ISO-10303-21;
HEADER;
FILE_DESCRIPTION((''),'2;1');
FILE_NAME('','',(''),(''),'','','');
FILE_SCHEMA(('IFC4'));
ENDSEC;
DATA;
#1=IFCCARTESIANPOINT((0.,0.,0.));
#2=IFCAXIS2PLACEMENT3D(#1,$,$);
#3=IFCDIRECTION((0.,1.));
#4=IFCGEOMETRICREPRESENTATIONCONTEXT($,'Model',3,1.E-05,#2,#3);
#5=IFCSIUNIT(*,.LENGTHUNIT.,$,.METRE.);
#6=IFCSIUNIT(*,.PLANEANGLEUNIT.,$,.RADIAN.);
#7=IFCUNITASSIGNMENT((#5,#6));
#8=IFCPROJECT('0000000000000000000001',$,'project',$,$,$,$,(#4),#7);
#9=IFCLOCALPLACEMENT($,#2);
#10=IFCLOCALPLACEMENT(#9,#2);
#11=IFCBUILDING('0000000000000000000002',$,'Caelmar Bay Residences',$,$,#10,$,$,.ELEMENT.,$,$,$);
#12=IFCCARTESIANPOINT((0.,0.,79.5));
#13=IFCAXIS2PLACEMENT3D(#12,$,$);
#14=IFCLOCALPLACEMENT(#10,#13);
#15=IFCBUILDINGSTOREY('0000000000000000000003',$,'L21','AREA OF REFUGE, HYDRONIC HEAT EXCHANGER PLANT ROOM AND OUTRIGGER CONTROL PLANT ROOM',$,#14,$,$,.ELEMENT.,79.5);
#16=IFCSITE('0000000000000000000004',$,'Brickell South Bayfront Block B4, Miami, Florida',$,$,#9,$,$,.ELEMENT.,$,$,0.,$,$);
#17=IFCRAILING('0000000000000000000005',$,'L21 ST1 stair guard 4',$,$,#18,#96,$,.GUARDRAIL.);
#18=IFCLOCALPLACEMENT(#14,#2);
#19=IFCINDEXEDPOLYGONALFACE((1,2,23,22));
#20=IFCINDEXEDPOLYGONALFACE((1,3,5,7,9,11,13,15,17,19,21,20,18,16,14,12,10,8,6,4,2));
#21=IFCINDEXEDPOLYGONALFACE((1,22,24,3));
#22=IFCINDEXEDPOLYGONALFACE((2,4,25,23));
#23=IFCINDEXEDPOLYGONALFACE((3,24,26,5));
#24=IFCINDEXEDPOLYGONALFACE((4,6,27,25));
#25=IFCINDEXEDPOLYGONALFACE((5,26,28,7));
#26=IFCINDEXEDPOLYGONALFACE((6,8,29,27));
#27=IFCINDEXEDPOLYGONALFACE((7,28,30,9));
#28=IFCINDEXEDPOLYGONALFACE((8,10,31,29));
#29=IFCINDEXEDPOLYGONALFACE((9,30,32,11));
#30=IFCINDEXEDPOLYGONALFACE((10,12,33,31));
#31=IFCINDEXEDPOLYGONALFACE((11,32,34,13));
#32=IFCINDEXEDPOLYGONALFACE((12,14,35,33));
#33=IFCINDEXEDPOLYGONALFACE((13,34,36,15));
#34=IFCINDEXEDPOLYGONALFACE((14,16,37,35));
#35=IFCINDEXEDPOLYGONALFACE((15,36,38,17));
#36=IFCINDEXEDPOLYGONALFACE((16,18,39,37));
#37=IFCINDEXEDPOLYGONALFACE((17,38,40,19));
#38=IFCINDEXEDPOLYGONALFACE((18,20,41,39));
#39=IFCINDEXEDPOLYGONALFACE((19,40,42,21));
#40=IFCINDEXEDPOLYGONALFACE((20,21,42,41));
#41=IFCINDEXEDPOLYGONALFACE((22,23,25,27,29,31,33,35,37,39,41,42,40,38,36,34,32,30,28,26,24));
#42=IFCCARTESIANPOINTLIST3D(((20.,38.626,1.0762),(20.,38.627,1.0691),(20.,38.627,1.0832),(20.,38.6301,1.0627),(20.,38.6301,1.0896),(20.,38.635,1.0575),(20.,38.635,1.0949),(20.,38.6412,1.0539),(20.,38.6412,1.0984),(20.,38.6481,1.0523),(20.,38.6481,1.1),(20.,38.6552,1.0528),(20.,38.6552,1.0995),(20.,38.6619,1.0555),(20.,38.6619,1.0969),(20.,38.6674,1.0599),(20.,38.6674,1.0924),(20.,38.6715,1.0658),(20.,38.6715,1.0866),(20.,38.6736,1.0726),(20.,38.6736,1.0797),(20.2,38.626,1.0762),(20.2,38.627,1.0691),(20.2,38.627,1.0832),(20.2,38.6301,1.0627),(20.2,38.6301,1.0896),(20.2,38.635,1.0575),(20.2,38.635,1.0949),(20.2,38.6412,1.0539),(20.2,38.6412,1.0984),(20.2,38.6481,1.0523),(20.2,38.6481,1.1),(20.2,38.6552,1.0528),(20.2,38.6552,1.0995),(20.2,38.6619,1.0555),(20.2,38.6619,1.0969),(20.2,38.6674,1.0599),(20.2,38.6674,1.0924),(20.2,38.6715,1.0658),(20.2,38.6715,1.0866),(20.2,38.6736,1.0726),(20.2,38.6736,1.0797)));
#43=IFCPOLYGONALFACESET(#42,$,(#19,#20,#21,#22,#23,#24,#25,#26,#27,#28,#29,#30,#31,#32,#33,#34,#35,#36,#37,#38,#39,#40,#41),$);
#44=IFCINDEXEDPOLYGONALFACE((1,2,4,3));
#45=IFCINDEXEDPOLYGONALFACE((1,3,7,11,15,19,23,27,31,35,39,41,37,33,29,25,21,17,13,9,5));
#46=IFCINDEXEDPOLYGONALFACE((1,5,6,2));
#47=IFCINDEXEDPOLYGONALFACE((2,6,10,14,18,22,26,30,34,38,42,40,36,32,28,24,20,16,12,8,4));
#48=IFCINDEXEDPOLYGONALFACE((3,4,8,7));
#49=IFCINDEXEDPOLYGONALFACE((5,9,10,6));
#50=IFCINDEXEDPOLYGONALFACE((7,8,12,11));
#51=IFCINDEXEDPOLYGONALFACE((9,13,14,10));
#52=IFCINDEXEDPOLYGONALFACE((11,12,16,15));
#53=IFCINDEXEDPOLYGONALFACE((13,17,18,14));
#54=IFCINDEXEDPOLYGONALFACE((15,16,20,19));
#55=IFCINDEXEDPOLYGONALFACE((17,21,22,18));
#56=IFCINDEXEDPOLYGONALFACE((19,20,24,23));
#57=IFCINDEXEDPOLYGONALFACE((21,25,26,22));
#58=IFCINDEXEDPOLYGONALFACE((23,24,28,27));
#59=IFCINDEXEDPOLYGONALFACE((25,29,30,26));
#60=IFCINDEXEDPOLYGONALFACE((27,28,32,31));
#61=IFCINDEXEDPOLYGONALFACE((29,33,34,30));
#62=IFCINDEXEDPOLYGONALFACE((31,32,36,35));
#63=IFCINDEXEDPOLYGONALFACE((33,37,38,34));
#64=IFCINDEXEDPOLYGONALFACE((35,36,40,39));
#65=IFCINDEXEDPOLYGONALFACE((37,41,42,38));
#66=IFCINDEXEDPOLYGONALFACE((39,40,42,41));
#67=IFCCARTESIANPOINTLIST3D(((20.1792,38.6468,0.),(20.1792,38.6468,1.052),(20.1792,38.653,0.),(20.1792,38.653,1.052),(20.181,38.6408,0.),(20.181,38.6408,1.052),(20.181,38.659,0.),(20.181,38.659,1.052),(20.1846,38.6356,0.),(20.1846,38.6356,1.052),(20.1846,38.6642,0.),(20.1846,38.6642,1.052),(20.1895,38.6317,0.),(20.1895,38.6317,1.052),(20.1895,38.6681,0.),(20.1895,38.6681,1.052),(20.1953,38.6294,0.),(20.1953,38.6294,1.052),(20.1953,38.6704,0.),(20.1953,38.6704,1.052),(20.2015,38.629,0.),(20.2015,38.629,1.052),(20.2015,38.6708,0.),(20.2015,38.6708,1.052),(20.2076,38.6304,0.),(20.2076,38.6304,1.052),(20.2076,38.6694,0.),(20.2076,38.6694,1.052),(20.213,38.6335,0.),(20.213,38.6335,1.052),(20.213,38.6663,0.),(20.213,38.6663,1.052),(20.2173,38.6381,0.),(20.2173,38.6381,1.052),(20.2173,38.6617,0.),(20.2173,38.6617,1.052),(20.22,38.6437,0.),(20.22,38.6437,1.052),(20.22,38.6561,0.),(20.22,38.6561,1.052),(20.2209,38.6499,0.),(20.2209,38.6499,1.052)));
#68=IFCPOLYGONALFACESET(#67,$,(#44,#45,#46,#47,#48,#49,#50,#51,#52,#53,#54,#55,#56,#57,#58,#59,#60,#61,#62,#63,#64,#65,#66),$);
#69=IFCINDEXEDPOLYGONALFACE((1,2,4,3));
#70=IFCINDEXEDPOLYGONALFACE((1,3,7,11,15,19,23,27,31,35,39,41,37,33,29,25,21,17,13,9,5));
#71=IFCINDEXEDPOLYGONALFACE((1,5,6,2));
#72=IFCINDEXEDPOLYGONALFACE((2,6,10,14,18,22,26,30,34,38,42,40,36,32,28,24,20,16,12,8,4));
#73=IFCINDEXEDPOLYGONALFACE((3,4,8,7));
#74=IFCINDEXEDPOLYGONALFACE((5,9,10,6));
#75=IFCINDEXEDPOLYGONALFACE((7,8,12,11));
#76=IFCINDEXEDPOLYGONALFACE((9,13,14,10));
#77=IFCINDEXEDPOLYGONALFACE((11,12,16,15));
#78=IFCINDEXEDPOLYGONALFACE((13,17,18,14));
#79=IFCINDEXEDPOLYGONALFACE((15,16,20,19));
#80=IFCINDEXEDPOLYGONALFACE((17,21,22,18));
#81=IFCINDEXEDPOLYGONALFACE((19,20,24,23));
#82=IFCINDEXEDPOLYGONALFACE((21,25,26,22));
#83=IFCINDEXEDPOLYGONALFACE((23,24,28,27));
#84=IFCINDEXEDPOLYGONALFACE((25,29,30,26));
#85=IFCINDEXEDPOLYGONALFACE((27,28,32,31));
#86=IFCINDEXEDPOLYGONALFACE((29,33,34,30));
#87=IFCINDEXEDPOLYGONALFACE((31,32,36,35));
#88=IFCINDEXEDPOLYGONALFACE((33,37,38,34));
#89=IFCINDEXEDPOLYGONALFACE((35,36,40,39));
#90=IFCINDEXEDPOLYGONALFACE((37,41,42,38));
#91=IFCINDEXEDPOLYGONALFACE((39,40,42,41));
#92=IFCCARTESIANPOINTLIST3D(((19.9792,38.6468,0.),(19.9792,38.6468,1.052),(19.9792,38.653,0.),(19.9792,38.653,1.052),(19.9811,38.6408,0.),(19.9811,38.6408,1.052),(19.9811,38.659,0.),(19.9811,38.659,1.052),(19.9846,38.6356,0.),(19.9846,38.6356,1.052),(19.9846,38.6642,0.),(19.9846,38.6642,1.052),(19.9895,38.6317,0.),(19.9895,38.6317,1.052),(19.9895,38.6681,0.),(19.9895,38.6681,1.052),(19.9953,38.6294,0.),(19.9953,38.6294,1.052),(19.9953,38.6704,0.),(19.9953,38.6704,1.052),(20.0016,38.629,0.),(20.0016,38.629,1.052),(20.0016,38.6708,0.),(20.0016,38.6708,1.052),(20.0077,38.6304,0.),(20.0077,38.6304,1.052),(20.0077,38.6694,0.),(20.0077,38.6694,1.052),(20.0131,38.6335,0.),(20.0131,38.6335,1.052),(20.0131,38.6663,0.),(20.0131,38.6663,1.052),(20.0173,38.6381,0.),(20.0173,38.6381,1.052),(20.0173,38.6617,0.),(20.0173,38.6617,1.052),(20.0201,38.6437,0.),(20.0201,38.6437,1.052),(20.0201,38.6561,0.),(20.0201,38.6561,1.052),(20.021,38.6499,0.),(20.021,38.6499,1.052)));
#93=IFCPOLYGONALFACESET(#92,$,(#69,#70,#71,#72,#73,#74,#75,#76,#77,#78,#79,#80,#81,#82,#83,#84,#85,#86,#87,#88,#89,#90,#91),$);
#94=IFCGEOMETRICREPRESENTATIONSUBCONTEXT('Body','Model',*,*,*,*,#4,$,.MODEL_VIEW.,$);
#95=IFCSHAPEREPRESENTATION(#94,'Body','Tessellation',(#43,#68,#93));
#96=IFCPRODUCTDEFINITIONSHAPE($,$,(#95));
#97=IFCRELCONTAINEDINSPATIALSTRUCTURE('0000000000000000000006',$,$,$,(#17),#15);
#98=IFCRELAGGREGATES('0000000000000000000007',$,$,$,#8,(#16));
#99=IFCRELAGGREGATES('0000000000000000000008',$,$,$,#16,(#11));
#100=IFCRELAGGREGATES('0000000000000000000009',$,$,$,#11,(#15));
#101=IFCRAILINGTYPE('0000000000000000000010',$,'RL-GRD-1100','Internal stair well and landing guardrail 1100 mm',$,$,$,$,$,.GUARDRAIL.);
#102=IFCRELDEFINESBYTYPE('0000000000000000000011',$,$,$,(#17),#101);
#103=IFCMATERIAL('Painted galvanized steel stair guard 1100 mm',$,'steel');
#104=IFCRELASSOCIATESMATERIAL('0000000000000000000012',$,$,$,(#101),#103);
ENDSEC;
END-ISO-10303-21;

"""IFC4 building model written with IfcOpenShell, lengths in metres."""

from ifc_helpers import new_model, si_unit, direction, frame, origin, origin_2d, place, context, subcontext, project, spatial, circle, extrude, material, type_object, element, save


model = new_model("IFC4")

# Units and contexts
model_context = context("Model", 3, precision=1e-05, world=origin(), true_north=direction((0.0, 1.0)))
body_context = subcontext(model_context, "Body", "Model", "MODEL_VIEW")
ifc_project = project(units=[si_unit("LENGTHUNIT", "METRE"), si_unit("PLANEANGLEUNIT", "RADIAN")], contexts=[model_context])

# Site, building, storey
site_placement = place(None, origin())
site = spatial("IfcSite", under=ifc_project, at=site_placement, Name="Brickell South Bayfront Block B4, Miami, Florida", CompositionType="ELEMENT", RefElevation=0.0)
building_placement = place(site_placement, origin())
building = spatial("IfcBuilding", under=site, at=building_placement, Name="Caelmar Bay Residences", CompositionType="ELEMENT")
storey_placement = place(building_placement, frame((0.0, 0.0, 79.5)))
storey = spatial("IfcBuildingStorey", under=building, at=storey_placement, Name="L21", Description="AREA OF REFUGE, HYDRONIC HEAT EXCHANGER PLANT ROOM AND OUTRIGGER CONTROL PLANT ROOM", CompositionType="ELEMENT", Elevation=79.5)

# Railing
ifc_material_1 = material(Name="Painted galvanized steel stair guard 1100 mm", Category="steel")
railing_type_1 = type_object("IfcRailingType", Name="RL-GRD-1100", Description="Internal stair well and landing guardrail 1100 mm", PredefinedType="GUARDRAIL", material=ifc_material_1)
railing_1_placement = place(storey_placement, frame((20.2, 38.6499, 0.0)))
element("IfcRailing", 1, at=railing_1_placement, inside=storey, type_object=railing_type_1, Name="L21 ST1 stair guard 4", PredefinedType="GUARDRAIL", context=body_context, shape_type="SweptSolid", body=[
    extrude(circle(Radius=0.0239, at=origin_2d()), frame((0.0, 0.0, 1.0762), z_axis=(-1.0, 0.0, 0.0), x_axis=(0.0, -1.0, 0.0)), (0.0, 0.0, 1.0), 0.2),
    extrude(circle(Radius=0.021, at=origin_2d()), origin(), (0.0, 0.0, 1.0), 1.052),
    extrude(circle(Radius=0.021, at=origin_2d()), frame((-0.2, 0.0, 0.0)), (0.0, 0.0, 1.0), 1.052),
])

save(model, "model.ifc")
